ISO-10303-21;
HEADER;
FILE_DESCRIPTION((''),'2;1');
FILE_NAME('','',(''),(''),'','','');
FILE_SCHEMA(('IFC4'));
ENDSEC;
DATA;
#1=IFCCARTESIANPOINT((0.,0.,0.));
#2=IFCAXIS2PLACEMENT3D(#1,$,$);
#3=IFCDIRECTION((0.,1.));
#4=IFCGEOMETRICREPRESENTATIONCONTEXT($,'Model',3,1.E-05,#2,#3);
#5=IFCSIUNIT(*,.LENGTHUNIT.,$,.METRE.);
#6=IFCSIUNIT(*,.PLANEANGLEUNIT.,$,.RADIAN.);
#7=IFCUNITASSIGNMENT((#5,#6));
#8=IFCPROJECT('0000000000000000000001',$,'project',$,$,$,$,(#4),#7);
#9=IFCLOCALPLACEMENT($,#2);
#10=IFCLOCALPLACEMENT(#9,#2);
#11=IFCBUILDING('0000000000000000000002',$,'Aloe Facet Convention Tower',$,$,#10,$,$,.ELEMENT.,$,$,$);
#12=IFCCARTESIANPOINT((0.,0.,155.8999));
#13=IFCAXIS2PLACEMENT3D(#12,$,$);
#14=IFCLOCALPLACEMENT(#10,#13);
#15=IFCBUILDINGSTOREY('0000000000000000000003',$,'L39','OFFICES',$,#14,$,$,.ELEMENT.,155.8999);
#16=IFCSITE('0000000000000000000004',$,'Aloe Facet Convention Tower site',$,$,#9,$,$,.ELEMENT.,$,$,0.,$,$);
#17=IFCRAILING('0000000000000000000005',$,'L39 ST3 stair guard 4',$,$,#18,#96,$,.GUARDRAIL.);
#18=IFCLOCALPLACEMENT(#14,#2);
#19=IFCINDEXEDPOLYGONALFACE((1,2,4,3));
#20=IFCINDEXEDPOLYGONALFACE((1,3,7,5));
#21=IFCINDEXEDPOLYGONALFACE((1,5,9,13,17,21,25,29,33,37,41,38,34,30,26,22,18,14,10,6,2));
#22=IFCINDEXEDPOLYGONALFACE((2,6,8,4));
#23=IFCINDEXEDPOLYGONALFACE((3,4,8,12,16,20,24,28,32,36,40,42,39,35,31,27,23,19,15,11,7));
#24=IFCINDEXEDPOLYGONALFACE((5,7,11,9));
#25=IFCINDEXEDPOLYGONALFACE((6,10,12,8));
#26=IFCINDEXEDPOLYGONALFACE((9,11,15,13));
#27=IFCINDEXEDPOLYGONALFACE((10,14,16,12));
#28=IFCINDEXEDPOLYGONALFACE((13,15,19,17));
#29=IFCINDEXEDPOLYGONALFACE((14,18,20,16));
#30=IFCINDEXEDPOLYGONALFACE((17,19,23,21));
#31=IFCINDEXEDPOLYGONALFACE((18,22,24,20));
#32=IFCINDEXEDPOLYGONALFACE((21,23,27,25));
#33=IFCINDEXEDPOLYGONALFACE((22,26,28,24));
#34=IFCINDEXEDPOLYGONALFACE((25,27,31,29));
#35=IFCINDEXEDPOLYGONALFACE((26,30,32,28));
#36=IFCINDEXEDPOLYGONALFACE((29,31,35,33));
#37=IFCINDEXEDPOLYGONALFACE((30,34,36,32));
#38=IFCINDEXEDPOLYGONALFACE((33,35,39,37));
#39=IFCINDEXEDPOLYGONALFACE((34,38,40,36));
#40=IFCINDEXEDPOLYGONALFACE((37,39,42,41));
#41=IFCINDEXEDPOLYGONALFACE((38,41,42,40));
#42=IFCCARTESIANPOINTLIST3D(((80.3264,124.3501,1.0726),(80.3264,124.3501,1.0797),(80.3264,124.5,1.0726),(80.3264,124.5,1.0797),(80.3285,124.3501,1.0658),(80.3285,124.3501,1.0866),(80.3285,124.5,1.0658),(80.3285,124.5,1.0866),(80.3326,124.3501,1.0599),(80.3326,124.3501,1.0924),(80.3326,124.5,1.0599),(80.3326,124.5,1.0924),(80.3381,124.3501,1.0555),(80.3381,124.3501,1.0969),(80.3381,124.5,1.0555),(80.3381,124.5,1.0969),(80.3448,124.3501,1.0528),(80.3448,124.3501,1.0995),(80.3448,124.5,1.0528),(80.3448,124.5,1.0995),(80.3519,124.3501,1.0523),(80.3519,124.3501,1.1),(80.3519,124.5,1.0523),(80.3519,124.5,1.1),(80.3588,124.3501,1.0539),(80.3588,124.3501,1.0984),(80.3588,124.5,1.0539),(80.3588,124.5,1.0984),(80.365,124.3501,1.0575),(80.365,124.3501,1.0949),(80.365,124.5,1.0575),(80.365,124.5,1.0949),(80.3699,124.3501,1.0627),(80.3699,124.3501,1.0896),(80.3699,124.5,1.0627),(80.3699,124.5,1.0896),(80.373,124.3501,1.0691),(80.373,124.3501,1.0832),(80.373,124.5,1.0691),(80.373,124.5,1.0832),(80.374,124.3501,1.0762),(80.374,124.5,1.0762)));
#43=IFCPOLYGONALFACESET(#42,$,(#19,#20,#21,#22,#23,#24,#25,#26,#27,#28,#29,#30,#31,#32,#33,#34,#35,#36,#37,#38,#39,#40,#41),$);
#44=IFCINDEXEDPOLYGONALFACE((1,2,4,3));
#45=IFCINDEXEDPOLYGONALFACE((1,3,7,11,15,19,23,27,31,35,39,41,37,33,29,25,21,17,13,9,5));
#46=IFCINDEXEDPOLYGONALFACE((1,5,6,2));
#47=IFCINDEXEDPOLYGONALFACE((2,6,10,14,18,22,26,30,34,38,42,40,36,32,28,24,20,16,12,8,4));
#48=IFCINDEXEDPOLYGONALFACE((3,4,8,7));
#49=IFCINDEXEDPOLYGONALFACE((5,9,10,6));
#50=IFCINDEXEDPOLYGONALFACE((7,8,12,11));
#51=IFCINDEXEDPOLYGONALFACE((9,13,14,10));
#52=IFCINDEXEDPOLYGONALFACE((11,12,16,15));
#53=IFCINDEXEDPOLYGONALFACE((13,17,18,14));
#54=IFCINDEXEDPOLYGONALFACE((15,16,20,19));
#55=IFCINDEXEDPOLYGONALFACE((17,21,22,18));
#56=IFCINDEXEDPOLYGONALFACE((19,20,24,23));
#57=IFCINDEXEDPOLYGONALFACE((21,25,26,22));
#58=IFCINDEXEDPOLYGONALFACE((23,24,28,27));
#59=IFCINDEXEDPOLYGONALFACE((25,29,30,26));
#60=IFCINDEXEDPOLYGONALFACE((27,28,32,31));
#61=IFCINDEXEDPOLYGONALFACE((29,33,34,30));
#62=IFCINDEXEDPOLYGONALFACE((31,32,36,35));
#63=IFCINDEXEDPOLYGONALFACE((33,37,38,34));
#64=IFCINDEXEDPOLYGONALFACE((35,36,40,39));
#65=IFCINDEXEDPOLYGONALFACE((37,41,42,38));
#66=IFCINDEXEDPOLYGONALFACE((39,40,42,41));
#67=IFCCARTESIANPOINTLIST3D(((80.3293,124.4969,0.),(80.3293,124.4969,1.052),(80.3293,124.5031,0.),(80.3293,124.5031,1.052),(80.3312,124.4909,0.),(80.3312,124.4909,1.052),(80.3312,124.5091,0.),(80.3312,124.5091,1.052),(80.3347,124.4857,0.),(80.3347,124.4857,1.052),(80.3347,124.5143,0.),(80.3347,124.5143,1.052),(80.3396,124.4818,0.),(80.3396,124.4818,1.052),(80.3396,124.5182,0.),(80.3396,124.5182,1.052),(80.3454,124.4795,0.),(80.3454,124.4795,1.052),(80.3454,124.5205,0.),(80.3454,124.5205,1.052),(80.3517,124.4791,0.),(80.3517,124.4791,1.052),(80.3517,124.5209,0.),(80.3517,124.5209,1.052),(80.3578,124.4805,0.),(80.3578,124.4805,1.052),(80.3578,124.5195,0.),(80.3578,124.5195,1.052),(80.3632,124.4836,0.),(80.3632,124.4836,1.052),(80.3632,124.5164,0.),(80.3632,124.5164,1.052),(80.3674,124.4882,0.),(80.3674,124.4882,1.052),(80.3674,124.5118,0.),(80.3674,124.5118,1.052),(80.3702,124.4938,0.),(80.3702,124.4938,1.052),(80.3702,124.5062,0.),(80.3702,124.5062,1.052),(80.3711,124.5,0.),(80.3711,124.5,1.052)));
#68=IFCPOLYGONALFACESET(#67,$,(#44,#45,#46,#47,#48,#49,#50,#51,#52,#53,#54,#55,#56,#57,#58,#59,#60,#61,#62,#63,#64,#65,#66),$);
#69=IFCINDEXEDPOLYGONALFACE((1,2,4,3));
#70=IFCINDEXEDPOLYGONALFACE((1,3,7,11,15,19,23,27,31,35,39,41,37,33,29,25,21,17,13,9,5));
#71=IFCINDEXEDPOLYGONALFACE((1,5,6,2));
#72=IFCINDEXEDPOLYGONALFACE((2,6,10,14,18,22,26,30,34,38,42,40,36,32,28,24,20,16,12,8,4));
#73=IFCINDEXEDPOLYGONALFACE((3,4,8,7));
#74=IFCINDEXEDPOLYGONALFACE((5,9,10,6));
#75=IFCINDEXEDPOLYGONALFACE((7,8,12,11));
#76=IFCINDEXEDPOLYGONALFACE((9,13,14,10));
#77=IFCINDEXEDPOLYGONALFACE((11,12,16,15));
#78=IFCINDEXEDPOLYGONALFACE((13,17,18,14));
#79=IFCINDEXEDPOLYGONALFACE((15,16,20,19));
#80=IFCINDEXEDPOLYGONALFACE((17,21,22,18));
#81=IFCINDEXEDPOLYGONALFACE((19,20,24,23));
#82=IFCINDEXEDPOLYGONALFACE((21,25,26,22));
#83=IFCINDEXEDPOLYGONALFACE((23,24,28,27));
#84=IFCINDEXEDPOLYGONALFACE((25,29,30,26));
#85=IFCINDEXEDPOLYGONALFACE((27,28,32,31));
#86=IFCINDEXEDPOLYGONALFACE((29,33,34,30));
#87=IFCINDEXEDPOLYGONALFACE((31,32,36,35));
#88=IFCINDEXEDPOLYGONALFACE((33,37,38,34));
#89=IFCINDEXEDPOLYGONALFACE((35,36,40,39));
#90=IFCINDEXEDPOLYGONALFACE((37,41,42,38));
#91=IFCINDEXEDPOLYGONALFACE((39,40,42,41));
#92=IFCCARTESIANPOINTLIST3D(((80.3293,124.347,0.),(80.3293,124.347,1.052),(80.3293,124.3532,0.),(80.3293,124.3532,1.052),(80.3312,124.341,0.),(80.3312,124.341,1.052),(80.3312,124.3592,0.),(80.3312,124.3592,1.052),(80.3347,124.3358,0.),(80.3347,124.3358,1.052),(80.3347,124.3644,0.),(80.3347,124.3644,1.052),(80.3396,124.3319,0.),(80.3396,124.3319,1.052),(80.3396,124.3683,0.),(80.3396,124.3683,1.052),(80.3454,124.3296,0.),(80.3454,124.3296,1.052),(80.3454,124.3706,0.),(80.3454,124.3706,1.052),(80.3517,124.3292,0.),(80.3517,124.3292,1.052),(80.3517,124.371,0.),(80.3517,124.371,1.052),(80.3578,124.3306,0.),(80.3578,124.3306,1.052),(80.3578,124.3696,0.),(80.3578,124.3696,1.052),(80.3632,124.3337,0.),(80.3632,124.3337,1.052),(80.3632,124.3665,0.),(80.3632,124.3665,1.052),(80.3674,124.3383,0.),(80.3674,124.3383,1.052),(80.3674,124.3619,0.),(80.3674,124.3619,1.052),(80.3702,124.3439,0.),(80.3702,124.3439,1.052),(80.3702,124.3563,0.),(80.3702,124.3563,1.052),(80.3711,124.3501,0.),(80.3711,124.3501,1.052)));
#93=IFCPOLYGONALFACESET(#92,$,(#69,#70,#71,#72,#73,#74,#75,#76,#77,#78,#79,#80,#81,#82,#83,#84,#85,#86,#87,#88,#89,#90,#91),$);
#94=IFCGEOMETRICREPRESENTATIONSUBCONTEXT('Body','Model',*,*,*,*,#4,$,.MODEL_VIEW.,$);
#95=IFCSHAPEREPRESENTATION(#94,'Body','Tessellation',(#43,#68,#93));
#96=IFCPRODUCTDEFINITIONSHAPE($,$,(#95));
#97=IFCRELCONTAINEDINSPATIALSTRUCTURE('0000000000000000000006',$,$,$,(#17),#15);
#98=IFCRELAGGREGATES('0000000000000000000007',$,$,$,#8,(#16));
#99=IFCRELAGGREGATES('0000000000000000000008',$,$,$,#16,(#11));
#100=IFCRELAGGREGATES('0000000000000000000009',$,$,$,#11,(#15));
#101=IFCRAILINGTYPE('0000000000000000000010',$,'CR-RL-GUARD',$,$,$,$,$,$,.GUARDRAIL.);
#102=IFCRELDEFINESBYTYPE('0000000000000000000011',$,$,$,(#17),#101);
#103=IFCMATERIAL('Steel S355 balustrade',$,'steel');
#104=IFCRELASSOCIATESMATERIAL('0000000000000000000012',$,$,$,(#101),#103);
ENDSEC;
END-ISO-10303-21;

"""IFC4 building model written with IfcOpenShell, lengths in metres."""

from ifc_helpers import new_model, si_unit, direction, frame, origin, origin_2d, place, context, subcontext, project, spatial, circle, extrude, material, type_object, element, save


model = new_model("IFC4")

# Units and contexts
model_context = context("Model", 3, precision=1e-05, world=origin(), true_north=direction((0.0, 1.0)))
body_context = subcontext(model_context, "Body", "Model", "MODEL_VIEW")
ifc_project = project(units=[si_unit("LENGTHUNIT", "METRE"), si_unit("PLANEANGLEUNIT", "RADIAN")], contexts=[model_context])

# Site, building, storey
site_placement = place(None, origin())
site = spatial("IfcSite", under=ifc_project, at=site_placement, Name="Aloe Facet Convention Tower site", CompositionType="ELEMENT", RefElevation=0.0)
building_placement = place(site_placement, origin())
building = spatial("IfcBuilding", under=site, at=building_placement, Name="Aloe Facet Convention Tower", CompositionType="ELEMENT")
storey_placement = place(building_placement, frame((0.0, 0.0, 155.8999)))
storey = spatial("IfcBuildingStorey", under=building, at=storey_placement, Name="L39", Description="OFFICES", CompositionType="ELEMENT", Elevation=155.8999)

# Railing
ifc_material_1 = material(Name="Steel S355 balustrade", Category="steel")
railing_type_1 = type_object("IfcRailingType", Name="CR-RL-GUARD", PredefinedType="GUARDRAIL", material=ifc_material_1)
railing_1_placement = place(storey_placement, frame((80.3501, 124.5, 0.0)))
element("IfcRailing", 1, at=railing_1_placement, inside=storey, type_object=railing_type_1, Name="L39 ST3 stair guard 4", PredefinedType="GUARDRAIL", context=body_context, shape_type="SweptSolid", body=[
    extrude(circle(Radius=0.0239, at=origin_2d()), frame((0.0, 0.0, 1.0762), z_axis=(0.0, -1.0, 0.0), x_axis=(1.0, 0.0, 0.0)), (0.0, 0.0, 1.0), 0.1499),
    extrude(circle(Radius=0.021, at=origin_2d()), origin(), (0.0, 0.0, 1.0), 1.052),
    extrude(circle(Radius=0.021, at=origin_2d()), frame((0.0, -0.1499, 0.0)), (0.0, 0.0, 1.0), 1.052),
])

save(model, "model.ifc")
